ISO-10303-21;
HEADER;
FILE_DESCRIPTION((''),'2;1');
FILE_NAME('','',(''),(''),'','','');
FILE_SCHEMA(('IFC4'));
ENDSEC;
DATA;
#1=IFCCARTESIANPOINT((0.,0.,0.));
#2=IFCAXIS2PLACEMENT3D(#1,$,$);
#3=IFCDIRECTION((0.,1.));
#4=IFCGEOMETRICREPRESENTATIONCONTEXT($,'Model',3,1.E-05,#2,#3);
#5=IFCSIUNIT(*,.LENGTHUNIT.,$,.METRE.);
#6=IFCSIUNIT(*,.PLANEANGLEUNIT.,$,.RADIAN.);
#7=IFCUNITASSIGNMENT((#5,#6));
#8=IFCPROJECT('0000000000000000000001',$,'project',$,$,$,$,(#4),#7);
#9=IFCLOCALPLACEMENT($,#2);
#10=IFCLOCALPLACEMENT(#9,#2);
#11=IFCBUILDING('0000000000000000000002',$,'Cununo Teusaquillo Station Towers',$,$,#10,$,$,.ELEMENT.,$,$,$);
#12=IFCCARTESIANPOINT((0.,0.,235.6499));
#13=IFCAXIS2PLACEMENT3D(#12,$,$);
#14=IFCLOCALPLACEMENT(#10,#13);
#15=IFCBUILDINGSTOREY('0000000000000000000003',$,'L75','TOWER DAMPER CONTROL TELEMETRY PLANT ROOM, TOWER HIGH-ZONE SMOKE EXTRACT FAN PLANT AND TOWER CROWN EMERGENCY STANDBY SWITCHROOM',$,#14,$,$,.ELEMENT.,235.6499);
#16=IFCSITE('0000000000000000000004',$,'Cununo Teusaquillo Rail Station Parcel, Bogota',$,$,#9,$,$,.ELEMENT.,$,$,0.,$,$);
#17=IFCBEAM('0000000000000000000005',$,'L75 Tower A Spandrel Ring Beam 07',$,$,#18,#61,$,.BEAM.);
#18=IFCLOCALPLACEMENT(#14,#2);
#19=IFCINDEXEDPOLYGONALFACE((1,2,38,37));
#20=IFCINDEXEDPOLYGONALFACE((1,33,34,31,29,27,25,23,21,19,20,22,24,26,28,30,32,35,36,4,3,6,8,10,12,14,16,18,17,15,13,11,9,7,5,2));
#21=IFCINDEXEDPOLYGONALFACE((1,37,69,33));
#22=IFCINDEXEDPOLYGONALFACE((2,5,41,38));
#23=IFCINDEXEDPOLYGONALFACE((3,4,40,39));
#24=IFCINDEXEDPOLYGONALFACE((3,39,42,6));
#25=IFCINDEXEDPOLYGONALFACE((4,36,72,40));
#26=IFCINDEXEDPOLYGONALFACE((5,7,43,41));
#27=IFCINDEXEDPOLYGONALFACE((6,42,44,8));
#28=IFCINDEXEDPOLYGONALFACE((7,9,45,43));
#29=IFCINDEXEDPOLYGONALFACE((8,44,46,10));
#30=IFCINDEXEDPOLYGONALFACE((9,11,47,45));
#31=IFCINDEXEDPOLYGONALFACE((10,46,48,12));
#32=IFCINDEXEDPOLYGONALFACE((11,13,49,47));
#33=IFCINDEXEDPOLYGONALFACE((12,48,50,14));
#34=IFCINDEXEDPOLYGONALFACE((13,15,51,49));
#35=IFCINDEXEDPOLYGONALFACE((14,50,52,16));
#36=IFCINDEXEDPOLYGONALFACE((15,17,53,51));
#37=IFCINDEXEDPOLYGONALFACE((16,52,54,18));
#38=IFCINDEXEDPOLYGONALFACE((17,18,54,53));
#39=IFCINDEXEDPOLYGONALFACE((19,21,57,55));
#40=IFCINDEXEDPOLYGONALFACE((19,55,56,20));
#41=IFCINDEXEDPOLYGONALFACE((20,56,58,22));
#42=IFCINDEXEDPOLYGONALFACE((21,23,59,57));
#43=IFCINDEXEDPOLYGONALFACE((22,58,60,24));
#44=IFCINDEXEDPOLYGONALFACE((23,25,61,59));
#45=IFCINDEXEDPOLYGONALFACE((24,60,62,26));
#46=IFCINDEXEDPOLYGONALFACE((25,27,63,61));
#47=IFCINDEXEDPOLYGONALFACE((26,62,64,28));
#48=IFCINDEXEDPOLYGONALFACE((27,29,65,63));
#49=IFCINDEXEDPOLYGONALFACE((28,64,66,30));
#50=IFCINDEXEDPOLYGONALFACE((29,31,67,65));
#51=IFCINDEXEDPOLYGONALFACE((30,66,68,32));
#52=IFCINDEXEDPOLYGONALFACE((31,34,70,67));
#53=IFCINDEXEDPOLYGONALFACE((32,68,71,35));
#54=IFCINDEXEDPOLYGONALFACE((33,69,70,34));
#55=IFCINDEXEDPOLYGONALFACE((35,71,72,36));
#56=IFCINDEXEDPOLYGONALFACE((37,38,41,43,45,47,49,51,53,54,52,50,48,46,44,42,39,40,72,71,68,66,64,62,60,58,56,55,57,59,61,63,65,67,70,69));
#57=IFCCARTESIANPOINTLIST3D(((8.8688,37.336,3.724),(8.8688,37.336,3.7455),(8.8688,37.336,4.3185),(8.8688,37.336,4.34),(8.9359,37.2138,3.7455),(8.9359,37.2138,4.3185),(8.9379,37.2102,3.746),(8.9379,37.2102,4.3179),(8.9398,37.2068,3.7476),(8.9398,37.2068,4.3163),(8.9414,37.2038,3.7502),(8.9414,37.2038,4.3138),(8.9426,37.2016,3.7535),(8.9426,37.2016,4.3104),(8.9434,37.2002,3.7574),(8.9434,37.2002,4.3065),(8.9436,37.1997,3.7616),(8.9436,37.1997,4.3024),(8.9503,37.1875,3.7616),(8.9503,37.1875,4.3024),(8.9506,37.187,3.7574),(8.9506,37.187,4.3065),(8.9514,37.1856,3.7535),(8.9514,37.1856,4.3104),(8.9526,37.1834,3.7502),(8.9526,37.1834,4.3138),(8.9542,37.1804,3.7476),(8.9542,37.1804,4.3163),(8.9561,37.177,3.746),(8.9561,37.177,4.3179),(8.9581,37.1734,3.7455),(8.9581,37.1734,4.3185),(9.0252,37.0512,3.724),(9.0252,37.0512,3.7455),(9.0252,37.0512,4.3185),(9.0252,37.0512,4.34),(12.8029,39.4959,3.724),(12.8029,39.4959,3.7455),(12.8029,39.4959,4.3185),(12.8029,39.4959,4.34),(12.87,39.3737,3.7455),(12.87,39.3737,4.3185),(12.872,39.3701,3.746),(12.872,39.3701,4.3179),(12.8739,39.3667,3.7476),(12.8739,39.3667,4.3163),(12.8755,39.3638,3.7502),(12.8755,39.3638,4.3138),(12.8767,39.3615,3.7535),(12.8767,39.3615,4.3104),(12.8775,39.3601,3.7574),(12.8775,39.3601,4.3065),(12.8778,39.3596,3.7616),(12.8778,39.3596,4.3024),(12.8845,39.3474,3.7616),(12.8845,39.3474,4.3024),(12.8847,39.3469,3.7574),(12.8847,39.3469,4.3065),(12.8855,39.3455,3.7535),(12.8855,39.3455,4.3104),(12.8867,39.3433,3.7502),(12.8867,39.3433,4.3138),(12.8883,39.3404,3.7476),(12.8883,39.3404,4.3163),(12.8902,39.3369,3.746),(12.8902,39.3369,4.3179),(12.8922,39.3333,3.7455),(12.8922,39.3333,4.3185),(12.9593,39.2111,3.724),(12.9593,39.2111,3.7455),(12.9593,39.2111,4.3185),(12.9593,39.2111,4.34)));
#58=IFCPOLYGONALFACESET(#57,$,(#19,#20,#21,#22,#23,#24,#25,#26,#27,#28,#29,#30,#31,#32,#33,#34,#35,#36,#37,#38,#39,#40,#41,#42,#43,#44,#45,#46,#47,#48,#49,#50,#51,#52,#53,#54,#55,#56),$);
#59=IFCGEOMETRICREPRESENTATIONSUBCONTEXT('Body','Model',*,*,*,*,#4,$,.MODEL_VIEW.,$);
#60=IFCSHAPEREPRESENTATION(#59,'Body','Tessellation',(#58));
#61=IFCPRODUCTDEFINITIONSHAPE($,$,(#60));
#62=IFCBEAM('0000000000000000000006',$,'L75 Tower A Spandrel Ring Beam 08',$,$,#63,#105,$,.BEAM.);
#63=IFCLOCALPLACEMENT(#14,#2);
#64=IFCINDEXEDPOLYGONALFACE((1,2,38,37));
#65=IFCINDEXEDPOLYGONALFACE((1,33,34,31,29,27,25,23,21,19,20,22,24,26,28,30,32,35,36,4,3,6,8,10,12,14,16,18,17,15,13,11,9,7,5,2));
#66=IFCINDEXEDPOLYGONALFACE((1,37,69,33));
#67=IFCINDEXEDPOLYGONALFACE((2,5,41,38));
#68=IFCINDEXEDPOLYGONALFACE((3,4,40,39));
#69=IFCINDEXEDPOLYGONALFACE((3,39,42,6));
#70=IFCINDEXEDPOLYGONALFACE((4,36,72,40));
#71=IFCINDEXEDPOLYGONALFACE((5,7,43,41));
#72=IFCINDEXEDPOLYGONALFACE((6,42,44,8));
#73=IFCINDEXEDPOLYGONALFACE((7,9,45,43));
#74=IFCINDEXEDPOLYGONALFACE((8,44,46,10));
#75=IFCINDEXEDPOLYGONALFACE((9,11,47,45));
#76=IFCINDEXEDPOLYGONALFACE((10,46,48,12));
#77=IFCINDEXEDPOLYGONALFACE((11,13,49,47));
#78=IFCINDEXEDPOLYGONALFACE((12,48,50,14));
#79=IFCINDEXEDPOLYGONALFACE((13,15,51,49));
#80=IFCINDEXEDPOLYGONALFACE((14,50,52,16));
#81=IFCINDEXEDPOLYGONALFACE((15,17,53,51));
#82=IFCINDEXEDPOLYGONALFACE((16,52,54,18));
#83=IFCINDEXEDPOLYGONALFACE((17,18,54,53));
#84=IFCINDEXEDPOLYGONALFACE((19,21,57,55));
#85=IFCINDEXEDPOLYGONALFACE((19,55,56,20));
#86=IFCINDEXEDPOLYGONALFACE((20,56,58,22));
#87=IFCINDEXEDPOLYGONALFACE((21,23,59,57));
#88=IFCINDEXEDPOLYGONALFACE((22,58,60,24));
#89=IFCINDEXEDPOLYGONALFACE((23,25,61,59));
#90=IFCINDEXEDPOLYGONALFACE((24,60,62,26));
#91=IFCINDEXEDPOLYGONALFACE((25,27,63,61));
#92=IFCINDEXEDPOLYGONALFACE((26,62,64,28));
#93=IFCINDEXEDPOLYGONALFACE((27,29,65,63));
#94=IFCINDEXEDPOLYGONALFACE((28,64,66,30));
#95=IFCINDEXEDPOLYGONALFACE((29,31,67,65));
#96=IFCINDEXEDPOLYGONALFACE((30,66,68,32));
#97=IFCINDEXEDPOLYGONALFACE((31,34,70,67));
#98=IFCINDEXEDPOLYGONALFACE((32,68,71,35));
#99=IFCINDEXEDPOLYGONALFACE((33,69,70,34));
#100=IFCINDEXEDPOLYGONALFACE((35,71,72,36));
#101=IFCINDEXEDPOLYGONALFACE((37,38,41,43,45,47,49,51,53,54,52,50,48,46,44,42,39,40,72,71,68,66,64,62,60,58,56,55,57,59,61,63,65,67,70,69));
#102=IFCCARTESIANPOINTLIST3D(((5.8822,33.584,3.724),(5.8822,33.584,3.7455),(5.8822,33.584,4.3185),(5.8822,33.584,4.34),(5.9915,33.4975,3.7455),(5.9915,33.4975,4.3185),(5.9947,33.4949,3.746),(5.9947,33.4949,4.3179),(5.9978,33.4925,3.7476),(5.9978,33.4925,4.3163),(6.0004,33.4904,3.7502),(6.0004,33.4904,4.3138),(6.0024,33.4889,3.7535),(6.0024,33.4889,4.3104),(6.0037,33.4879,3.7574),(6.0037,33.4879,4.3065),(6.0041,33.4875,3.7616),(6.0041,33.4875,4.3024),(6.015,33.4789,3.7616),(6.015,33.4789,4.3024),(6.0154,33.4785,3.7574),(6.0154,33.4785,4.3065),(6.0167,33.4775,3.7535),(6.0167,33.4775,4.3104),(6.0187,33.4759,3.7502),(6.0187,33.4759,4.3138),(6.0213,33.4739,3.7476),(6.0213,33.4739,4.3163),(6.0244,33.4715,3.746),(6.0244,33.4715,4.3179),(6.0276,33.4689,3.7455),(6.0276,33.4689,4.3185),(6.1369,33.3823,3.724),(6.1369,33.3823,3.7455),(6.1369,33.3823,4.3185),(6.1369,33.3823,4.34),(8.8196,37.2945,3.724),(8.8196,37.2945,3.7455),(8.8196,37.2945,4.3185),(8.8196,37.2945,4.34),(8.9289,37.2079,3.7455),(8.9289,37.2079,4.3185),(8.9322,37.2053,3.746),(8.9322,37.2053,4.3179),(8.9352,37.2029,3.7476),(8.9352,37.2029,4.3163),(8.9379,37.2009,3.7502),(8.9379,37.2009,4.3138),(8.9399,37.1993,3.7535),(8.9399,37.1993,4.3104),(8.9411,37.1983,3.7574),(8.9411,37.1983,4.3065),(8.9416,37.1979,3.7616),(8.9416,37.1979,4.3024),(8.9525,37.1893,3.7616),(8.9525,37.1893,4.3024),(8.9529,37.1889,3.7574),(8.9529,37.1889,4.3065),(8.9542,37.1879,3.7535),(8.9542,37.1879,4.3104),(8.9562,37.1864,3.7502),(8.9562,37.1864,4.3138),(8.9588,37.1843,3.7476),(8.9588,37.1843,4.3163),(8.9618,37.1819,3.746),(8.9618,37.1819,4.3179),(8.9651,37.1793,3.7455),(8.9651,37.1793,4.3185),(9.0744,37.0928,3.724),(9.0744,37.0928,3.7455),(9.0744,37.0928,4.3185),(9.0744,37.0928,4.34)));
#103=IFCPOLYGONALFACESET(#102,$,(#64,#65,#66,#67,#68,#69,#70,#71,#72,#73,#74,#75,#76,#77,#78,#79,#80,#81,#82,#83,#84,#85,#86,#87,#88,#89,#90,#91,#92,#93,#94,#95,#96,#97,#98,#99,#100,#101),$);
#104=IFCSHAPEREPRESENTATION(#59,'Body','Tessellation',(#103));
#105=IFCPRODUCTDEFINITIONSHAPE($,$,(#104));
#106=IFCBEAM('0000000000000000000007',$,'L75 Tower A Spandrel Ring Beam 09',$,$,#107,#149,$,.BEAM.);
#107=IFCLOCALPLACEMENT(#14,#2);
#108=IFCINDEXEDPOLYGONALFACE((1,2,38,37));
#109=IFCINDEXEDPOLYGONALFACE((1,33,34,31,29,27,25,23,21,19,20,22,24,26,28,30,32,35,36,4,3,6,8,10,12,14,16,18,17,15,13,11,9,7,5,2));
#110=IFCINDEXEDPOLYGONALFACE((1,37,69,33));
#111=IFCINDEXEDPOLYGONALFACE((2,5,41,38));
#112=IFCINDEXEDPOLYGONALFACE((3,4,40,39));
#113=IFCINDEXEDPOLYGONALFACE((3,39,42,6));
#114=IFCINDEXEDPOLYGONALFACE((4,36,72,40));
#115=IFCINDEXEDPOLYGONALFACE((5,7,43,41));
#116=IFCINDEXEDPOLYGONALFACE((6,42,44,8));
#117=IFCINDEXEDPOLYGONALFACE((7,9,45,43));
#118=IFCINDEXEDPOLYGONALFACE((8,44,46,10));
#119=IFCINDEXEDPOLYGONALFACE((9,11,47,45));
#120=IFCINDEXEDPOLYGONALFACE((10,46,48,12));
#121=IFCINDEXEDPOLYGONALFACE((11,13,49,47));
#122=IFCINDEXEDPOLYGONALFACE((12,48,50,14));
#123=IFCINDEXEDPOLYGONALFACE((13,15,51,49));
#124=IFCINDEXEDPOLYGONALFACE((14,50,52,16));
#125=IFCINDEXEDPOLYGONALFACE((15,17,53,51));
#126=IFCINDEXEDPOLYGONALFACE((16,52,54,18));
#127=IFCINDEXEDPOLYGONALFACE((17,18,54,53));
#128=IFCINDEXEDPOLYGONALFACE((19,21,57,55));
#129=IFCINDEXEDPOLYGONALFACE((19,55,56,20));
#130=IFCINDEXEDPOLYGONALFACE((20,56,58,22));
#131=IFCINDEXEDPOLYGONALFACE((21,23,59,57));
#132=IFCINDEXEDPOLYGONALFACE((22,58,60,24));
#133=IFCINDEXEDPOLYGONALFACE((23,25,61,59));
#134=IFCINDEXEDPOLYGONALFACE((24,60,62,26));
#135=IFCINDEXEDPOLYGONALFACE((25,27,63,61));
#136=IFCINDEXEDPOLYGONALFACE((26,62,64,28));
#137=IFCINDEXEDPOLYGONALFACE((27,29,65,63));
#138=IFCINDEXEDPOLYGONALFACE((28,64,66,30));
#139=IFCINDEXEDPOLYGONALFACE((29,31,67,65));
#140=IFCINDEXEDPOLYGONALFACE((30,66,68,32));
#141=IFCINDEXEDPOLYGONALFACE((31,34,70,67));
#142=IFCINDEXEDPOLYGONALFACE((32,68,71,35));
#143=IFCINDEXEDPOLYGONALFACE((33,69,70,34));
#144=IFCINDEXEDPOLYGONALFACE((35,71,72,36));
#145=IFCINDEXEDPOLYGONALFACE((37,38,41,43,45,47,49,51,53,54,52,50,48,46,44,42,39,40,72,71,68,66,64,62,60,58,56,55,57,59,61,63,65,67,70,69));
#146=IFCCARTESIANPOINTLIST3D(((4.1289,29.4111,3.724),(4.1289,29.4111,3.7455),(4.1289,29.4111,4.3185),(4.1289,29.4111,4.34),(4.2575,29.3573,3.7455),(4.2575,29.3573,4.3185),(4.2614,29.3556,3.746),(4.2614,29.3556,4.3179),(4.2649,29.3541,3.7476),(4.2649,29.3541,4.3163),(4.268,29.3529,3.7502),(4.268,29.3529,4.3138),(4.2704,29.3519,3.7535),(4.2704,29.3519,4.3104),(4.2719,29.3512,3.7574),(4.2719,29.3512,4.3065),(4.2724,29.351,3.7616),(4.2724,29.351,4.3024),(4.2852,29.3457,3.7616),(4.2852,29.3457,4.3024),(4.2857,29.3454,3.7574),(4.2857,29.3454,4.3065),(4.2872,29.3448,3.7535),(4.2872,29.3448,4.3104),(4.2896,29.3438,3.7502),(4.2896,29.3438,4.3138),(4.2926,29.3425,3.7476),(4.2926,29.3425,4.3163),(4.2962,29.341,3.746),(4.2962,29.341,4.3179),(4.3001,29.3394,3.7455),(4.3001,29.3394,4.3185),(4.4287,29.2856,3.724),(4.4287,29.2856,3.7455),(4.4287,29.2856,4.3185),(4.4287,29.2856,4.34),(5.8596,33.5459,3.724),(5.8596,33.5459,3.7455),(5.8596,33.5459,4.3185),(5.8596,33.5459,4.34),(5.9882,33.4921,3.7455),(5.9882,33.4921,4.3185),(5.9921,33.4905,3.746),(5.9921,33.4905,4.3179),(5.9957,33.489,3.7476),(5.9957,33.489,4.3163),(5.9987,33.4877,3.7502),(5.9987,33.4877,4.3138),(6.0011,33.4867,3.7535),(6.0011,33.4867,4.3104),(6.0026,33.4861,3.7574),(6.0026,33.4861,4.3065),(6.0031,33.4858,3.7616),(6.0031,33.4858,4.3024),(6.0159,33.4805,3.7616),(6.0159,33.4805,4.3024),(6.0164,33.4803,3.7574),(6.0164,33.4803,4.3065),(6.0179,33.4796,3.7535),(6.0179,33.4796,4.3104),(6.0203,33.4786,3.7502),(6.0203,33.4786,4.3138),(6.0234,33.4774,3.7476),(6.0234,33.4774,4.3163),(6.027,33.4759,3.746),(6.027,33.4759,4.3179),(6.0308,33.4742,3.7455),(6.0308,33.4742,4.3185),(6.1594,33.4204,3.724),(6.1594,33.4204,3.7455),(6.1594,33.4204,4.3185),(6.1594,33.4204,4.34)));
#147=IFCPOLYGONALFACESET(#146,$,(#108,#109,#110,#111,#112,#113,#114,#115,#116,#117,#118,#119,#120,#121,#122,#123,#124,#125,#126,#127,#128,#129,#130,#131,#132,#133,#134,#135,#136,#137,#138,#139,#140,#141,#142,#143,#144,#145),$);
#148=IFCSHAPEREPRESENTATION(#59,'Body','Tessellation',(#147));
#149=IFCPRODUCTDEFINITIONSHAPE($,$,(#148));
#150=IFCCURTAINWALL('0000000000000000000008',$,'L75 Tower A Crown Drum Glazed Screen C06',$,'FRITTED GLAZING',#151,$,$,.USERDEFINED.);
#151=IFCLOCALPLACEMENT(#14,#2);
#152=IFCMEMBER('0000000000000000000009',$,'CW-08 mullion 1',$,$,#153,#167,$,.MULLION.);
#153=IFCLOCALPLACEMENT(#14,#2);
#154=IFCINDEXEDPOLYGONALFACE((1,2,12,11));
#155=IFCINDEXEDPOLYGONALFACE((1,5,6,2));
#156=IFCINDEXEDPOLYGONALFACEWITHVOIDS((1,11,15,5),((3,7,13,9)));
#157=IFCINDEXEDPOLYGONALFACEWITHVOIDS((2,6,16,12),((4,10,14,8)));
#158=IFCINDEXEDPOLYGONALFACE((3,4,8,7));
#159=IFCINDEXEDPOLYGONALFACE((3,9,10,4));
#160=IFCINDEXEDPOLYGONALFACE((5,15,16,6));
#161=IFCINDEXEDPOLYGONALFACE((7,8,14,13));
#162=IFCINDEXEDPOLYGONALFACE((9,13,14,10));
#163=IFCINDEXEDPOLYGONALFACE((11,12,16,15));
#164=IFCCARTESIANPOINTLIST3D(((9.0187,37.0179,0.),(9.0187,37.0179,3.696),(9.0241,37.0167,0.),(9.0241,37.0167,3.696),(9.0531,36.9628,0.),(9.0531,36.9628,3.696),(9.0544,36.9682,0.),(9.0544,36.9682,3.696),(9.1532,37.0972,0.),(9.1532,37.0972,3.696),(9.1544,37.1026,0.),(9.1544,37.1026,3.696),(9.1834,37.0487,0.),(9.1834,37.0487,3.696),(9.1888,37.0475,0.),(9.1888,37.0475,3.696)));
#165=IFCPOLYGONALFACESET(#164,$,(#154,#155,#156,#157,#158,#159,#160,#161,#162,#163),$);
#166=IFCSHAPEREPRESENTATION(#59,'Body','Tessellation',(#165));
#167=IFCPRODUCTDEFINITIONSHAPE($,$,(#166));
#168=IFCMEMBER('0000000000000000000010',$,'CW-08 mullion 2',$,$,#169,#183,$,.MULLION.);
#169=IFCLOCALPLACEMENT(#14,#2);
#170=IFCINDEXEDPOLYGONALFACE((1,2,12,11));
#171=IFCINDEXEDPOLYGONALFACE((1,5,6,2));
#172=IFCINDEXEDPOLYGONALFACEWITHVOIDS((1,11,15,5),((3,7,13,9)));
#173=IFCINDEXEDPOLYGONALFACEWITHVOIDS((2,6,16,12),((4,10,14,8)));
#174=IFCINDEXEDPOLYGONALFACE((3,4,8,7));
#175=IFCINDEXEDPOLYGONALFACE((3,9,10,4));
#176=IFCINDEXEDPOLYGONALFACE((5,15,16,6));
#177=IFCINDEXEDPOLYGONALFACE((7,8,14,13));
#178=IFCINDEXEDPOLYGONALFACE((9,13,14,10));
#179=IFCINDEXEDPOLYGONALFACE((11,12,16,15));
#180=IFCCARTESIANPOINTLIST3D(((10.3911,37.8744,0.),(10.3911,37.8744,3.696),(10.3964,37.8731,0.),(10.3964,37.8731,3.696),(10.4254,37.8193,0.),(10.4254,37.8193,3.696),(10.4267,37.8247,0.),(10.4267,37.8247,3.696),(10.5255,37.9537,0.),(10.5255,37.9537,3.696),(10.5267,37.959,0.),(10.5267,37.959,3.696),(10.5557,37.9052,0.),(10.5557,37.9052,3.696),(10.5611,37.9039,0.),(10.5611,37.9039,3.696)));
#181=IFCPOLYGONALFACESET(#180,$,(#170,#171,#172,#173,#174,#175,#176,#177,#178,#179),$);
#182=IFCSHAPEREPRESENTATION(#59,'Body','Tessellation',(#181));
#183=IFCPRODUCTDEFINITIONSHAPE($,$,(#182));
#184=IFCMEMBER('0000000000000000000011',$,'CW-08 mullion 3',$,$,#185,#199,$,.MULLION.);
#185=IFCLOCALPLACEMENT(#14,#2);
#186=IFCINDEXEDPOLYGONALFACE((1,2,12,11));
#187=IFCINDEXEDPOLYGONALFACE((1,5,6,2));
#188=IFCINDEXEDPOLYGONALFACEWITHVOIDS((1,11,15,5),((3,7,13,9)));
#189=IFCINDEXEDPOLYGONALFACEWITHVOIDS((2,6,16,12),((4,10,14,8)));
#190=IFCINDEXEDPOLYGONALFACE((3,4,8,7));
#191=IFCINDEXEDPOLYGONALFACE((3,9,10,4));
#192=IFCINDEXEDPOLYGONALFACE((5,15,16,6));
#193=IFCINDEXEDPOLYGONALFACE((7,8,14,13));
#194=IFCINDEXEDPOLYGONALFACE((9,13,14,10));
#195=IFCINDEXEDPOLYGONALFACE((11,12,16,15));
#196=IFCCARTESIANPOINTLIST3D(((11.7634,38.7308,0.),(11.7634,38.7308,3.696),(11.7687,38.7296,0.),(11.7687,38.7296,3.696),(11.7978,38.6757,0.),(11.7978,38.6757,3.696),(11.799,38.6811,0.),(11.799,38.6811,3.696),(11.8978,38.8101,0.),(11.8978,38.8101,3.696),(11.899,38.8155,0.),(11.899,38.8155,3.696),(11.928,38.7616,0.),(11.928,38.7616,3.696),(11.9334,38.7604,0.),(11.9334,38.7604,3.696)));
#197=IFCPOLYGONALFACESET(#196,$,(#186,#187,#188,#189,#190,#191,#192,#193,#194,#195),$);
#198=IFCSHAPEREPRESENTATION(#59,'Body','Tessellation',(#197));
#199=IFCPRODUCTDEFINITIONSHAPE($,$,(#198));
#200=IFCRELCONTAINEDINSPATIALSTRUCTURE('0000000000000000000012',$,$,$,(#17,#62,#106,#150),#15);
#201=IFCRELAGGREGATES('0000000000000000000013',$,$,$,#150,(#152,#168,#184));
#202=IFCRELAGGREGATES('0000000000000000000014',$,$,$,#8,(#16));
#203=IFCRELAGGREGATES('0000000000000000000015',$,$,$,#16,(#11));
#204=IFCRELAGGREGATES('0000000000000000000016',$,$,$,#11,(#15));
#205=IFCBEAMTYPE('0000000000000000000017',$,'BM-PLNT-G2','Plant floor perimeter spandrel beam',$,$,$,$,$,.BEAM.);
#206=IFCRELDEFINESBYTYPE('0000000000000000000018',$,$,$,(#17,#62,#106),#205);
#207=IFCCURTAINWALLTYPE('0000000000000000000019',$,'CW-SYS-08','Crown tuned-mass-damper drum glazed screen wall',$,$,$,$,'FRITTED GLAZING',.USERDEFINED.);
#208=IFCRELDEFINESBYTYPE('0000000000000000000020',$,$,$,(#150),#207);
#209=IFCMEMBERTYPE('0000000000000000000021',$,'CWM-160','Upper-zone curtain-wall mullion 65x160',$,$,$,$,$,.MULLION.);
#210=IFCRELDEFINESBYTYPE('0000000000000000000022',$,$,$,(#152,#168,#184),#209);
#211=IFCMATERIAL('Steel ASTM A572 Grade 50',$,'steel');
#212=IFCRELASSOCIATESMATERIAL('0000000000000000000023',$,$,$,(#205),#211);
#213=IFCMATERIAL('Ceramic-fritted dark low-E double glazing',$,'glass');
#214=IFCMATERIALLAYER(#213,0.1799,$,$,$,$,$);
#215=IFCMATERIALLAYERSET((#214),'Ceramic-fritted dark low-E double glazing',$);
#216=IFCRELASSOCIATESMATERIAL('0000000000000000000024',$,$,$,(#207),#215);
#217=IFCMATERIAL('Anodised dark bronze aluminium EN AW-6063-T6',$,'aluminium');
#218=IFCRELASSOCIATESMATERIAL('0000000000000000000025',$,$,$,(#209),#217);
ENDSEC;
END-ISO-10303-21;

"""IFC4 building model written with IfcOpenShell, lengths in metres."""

from ifc_helpers import new_model, si_unit, direction, frame, origin, origin_2d, place, context, subcontext, project, spatial, hollow_rectangle, i_section, extrude, material, layer, layer_set, material_profile, profile_set, type_object, element, aggregate, save


model = new_model("IFC4")

# Units and contexts
model_context = context("Model", 3, precision=1e-05, world=origin(), true_north=direction((0.0, 1.0)))
body_context = subcontext(model_context, "Body", "Model", "MODEL_VIEW")
ifc_project = project(units=[si_unit("LENGTHUNIT", "METRE"), si_unit("PLANEANGLEUNIT", "RADIAN")], contexts=[model_context])

# Site, building, storey
site_placement = place(None, origin())
site = spatial("IfcSite", under=ifc_project, at=site_placement, Name="Cununo Teusaquillo Rail Station Parcel, Bogota", CompositionType="ELEMENT", RefElevation=0.0)
building_placement = place(site_placement, origin())
building = spatial("IfcBuilding", under=site, at=building_placement, Name="Cununo Teusaquillo Station Towers", CompositionType="ELEMENT")
storey_placement = place(building_placement, frame((0.0, 0.0, 235.6499)))
storey = spatial("IfcBuildingStorey", under=building, at=storey_placement, Name="L75", Description="TOWER DAMPER CONTROL TELEMETRY PLANT ROOM, TOWER HIGH-ZONE SMOKE EXTRACT FAN PLANT AND TOWER CROWN EMERGENCY STANDBY SWITCHROOM", CompositionType="ELEMENT", Elevation=235.6499)

# Beams
ifc_material_1 = material(Name="Steel ASTM A572 Grade 50", Category="steel")
ifc_material_profile_1 = material_profile(ifc_material_1, i_section(OverallWidth=0.325, OverallDepth=0.616, WebThickness=0.0139, FlangeThickness=0.0215, FilletRadius=0.0161, at=origin_2d()), Name="W24X117")
ifc_profile_set_1 = profile_set([ifc_material_profile_1], Name="Steel ASTM A572 Grade 50")
beam_type_1 = type_object("IfcBeamType", Name="BM-PLNT-G2", Description="Plant floor perimeter spandrel beam", PredefinedType="BEAM", material=ifc_profile_set_1)
beam_1_placement = place(storey_placement, frame((12.8811, 39.3535, 4.032), z_axis=(-0.876576, -0.481263, 0.0), x_axis=(0.481263, -0.876576, 0.0)))
element("IfcBeam", 1, at=beam_1_placement, inside=storey, type_object=beam_type_1, Name="L75 Tower A Spandrel Ring Beam 07", PredefinedType="BEAM", context=body_context, shape_type="SweptSolid", body=[
    extrude(i_section(OverallWidth=0.325, OverallDepth=0.616, WebThickness=0.0139, FlangeThickness=0.0215, FilletRadius=0.0161, at=origin_2d()), origin(), (0.0, 0.0, 1.0), 4.488),
])
beam_2_placement = place(storey_placement, frame((8.947, 37.1936, 4.032), z_axis=(-0.620711, -0.78404, 0.0), x_axis=(0.78404, -0.620711, 0.0)))
element("IfcBeam", 2, at=beam_2_placement, inside=storey, type_object=beam_type_1, Name="L75 Tower A Spandrel Ring Beam 08", PredefinedType="BEAM", context=body_context, shape_type="SweptSolid", body=[
    extrude(i_section(OverallWidth=0.325, OverallDepth=0.616, WebThickness=0.0139, FlangeThickness=0.0215, FilletRadius=0.0161, at=origin_2d()), origin(), (0.0, 0.0, 1.0), 4.7324),
])
beam_3_placement = place(storey_placement, frame((6.0095, 33.4832, 4.032), z_axis=(-0.386115, -0.92245, 0.0), x_axis=(0.92245, -0.386115, 0.0)))
element("IfcBeam", 3, at=beam_3_placement, inside=storey, type_object=beam_type_1, Name="L75 Tower A Spandrel Ring Beam 09", PredefinedType="BEAM", context=body_context, shape_type="SweptSolid", body=[
    extrude(i_section(OverallWidth=0.325, OverallDepth=0.616, WebThickness=0.0139, FlangeThickness=0.0215, FilletRadius=0.0161, at=origin_2d()), origin(), (0.0, 0.0, 1.0), 4.4824),
])

# Curtain wall, members
ifc_material_2 = material(Name="Ceramic-fritted dark low-E double glazing", Category="glass")
ifc_layer_1 = layer(ifc_material_2, 0.1799)
ifc_layer_set_1 = layer_set([ifc_layer_1], Name="Ceramic-fritted dark low-E double glazing")
curtain_wall_type = type_object("IfcCurtainWallType", Name="CW-SYS-08", Description="Crown tuned-mass-damper drum glazed screen wall", ElementType="FRITTED GLAZING", PredefinedType="USERDEFINED", material=ifc_layer_set_1)
curtain_wall_placement = place(storey_placement, origin())
curtain_wall = element("IfcCurtainWall", 4, at=curtain_wall_placement, inside=storey, type_object=curtain_wall_type, Name="L75 Tower A Crown Drum Glazed Screen C06", ObjectType="FRITTED GLAZING", PredefinedType="USERDEFINED")
ifc_material_3 = material(Name="Anodised dark bronze aluminium EN AW-6063-T6", Category="aluminium")
ifc_material_profile_2 = material_profile(ifc_material_3, hollow_rectangle(XDim=0.0649, YDim=0.1599, WallThickness=0.0039, at=origin_2d()), Name="CW-MULL-65x160")
ifc_profile_set_2 = profile_set([ifc_material_profile_2], Name="Anodised dark bronze aluminium EN AW-6063-T6")
member_type_1 = type_object("IfcMemberType", Name="CWM-160", Description="Upper-zone curtain-wall mullion 65x160", PredefinedType="MULLION", material=ifc_profile_set_2)
member_1_placement = place(storey_placement, frame((9.1038, 37.0327, 0.0), z_axis=(0.0, 0.0, 1.0), x_axis=(-0.529451, 0.84834, 0.0)))
member_1 = element("IfcMember", 5, at=member_1_placement, type_object=member_type_1, Name="CW-08 mullion 1", PredefinedType="MULLION", context=body_context, shape_type="SweptSolid", body=[
    extrude(hollow_rectangle(XDim=0.0649, YDim=0.1599, WallThickness=0.0039, at=origin_2d()), origin(), (0.0, 0.0, 1.0), 3.696),
])
member_2_placement = place(storey_placement, frame((10.4761, 37.8892, 0.0), z_axis=(0.0, 0.0, 1.0), x_axis=(-0.529451, 0.84834, 0.0)))
member_2 = element("IfcMember", 6, at=member_2_placement, type_object=member_type_1, Name="CW-08 mullion 2", PredefinedType="MULLION", context=body_context, shape_type="SweptSolid", body=[
    extrude(hollow_rectangle(XDim=0.0649, YDim=0.1599, WallThickness=0.0039, at=origin_2d()), origin(), (0.0, 0.0, 1.0), 3.696),
])
member_3_placement = place(storey_placement, frame((11.8484, 38.7456, 0.0), z_axis=(0.0, 0.0, 1.0), x_axis=(-0.529451, 0.84834, 0.0)))
member_3 = element("IfcMember", 7, at=member_3_placement, type_object=member_type_1, Name="CW-08 mullion 3", PredefinedType="MULLION", context=body_context, shape_type="SweptSolid", body=[
    extrude(hollow_rectangle(XDim=0.0649, YDim=0.1599, WallThickness=0.0039, at=origin_2d()), origin(), (0.0, 0.0, 1.0), 3.696),
])

aggregate(curtain_wall, [member_1, member_2, member_3])

save(model, "model.ifc")
